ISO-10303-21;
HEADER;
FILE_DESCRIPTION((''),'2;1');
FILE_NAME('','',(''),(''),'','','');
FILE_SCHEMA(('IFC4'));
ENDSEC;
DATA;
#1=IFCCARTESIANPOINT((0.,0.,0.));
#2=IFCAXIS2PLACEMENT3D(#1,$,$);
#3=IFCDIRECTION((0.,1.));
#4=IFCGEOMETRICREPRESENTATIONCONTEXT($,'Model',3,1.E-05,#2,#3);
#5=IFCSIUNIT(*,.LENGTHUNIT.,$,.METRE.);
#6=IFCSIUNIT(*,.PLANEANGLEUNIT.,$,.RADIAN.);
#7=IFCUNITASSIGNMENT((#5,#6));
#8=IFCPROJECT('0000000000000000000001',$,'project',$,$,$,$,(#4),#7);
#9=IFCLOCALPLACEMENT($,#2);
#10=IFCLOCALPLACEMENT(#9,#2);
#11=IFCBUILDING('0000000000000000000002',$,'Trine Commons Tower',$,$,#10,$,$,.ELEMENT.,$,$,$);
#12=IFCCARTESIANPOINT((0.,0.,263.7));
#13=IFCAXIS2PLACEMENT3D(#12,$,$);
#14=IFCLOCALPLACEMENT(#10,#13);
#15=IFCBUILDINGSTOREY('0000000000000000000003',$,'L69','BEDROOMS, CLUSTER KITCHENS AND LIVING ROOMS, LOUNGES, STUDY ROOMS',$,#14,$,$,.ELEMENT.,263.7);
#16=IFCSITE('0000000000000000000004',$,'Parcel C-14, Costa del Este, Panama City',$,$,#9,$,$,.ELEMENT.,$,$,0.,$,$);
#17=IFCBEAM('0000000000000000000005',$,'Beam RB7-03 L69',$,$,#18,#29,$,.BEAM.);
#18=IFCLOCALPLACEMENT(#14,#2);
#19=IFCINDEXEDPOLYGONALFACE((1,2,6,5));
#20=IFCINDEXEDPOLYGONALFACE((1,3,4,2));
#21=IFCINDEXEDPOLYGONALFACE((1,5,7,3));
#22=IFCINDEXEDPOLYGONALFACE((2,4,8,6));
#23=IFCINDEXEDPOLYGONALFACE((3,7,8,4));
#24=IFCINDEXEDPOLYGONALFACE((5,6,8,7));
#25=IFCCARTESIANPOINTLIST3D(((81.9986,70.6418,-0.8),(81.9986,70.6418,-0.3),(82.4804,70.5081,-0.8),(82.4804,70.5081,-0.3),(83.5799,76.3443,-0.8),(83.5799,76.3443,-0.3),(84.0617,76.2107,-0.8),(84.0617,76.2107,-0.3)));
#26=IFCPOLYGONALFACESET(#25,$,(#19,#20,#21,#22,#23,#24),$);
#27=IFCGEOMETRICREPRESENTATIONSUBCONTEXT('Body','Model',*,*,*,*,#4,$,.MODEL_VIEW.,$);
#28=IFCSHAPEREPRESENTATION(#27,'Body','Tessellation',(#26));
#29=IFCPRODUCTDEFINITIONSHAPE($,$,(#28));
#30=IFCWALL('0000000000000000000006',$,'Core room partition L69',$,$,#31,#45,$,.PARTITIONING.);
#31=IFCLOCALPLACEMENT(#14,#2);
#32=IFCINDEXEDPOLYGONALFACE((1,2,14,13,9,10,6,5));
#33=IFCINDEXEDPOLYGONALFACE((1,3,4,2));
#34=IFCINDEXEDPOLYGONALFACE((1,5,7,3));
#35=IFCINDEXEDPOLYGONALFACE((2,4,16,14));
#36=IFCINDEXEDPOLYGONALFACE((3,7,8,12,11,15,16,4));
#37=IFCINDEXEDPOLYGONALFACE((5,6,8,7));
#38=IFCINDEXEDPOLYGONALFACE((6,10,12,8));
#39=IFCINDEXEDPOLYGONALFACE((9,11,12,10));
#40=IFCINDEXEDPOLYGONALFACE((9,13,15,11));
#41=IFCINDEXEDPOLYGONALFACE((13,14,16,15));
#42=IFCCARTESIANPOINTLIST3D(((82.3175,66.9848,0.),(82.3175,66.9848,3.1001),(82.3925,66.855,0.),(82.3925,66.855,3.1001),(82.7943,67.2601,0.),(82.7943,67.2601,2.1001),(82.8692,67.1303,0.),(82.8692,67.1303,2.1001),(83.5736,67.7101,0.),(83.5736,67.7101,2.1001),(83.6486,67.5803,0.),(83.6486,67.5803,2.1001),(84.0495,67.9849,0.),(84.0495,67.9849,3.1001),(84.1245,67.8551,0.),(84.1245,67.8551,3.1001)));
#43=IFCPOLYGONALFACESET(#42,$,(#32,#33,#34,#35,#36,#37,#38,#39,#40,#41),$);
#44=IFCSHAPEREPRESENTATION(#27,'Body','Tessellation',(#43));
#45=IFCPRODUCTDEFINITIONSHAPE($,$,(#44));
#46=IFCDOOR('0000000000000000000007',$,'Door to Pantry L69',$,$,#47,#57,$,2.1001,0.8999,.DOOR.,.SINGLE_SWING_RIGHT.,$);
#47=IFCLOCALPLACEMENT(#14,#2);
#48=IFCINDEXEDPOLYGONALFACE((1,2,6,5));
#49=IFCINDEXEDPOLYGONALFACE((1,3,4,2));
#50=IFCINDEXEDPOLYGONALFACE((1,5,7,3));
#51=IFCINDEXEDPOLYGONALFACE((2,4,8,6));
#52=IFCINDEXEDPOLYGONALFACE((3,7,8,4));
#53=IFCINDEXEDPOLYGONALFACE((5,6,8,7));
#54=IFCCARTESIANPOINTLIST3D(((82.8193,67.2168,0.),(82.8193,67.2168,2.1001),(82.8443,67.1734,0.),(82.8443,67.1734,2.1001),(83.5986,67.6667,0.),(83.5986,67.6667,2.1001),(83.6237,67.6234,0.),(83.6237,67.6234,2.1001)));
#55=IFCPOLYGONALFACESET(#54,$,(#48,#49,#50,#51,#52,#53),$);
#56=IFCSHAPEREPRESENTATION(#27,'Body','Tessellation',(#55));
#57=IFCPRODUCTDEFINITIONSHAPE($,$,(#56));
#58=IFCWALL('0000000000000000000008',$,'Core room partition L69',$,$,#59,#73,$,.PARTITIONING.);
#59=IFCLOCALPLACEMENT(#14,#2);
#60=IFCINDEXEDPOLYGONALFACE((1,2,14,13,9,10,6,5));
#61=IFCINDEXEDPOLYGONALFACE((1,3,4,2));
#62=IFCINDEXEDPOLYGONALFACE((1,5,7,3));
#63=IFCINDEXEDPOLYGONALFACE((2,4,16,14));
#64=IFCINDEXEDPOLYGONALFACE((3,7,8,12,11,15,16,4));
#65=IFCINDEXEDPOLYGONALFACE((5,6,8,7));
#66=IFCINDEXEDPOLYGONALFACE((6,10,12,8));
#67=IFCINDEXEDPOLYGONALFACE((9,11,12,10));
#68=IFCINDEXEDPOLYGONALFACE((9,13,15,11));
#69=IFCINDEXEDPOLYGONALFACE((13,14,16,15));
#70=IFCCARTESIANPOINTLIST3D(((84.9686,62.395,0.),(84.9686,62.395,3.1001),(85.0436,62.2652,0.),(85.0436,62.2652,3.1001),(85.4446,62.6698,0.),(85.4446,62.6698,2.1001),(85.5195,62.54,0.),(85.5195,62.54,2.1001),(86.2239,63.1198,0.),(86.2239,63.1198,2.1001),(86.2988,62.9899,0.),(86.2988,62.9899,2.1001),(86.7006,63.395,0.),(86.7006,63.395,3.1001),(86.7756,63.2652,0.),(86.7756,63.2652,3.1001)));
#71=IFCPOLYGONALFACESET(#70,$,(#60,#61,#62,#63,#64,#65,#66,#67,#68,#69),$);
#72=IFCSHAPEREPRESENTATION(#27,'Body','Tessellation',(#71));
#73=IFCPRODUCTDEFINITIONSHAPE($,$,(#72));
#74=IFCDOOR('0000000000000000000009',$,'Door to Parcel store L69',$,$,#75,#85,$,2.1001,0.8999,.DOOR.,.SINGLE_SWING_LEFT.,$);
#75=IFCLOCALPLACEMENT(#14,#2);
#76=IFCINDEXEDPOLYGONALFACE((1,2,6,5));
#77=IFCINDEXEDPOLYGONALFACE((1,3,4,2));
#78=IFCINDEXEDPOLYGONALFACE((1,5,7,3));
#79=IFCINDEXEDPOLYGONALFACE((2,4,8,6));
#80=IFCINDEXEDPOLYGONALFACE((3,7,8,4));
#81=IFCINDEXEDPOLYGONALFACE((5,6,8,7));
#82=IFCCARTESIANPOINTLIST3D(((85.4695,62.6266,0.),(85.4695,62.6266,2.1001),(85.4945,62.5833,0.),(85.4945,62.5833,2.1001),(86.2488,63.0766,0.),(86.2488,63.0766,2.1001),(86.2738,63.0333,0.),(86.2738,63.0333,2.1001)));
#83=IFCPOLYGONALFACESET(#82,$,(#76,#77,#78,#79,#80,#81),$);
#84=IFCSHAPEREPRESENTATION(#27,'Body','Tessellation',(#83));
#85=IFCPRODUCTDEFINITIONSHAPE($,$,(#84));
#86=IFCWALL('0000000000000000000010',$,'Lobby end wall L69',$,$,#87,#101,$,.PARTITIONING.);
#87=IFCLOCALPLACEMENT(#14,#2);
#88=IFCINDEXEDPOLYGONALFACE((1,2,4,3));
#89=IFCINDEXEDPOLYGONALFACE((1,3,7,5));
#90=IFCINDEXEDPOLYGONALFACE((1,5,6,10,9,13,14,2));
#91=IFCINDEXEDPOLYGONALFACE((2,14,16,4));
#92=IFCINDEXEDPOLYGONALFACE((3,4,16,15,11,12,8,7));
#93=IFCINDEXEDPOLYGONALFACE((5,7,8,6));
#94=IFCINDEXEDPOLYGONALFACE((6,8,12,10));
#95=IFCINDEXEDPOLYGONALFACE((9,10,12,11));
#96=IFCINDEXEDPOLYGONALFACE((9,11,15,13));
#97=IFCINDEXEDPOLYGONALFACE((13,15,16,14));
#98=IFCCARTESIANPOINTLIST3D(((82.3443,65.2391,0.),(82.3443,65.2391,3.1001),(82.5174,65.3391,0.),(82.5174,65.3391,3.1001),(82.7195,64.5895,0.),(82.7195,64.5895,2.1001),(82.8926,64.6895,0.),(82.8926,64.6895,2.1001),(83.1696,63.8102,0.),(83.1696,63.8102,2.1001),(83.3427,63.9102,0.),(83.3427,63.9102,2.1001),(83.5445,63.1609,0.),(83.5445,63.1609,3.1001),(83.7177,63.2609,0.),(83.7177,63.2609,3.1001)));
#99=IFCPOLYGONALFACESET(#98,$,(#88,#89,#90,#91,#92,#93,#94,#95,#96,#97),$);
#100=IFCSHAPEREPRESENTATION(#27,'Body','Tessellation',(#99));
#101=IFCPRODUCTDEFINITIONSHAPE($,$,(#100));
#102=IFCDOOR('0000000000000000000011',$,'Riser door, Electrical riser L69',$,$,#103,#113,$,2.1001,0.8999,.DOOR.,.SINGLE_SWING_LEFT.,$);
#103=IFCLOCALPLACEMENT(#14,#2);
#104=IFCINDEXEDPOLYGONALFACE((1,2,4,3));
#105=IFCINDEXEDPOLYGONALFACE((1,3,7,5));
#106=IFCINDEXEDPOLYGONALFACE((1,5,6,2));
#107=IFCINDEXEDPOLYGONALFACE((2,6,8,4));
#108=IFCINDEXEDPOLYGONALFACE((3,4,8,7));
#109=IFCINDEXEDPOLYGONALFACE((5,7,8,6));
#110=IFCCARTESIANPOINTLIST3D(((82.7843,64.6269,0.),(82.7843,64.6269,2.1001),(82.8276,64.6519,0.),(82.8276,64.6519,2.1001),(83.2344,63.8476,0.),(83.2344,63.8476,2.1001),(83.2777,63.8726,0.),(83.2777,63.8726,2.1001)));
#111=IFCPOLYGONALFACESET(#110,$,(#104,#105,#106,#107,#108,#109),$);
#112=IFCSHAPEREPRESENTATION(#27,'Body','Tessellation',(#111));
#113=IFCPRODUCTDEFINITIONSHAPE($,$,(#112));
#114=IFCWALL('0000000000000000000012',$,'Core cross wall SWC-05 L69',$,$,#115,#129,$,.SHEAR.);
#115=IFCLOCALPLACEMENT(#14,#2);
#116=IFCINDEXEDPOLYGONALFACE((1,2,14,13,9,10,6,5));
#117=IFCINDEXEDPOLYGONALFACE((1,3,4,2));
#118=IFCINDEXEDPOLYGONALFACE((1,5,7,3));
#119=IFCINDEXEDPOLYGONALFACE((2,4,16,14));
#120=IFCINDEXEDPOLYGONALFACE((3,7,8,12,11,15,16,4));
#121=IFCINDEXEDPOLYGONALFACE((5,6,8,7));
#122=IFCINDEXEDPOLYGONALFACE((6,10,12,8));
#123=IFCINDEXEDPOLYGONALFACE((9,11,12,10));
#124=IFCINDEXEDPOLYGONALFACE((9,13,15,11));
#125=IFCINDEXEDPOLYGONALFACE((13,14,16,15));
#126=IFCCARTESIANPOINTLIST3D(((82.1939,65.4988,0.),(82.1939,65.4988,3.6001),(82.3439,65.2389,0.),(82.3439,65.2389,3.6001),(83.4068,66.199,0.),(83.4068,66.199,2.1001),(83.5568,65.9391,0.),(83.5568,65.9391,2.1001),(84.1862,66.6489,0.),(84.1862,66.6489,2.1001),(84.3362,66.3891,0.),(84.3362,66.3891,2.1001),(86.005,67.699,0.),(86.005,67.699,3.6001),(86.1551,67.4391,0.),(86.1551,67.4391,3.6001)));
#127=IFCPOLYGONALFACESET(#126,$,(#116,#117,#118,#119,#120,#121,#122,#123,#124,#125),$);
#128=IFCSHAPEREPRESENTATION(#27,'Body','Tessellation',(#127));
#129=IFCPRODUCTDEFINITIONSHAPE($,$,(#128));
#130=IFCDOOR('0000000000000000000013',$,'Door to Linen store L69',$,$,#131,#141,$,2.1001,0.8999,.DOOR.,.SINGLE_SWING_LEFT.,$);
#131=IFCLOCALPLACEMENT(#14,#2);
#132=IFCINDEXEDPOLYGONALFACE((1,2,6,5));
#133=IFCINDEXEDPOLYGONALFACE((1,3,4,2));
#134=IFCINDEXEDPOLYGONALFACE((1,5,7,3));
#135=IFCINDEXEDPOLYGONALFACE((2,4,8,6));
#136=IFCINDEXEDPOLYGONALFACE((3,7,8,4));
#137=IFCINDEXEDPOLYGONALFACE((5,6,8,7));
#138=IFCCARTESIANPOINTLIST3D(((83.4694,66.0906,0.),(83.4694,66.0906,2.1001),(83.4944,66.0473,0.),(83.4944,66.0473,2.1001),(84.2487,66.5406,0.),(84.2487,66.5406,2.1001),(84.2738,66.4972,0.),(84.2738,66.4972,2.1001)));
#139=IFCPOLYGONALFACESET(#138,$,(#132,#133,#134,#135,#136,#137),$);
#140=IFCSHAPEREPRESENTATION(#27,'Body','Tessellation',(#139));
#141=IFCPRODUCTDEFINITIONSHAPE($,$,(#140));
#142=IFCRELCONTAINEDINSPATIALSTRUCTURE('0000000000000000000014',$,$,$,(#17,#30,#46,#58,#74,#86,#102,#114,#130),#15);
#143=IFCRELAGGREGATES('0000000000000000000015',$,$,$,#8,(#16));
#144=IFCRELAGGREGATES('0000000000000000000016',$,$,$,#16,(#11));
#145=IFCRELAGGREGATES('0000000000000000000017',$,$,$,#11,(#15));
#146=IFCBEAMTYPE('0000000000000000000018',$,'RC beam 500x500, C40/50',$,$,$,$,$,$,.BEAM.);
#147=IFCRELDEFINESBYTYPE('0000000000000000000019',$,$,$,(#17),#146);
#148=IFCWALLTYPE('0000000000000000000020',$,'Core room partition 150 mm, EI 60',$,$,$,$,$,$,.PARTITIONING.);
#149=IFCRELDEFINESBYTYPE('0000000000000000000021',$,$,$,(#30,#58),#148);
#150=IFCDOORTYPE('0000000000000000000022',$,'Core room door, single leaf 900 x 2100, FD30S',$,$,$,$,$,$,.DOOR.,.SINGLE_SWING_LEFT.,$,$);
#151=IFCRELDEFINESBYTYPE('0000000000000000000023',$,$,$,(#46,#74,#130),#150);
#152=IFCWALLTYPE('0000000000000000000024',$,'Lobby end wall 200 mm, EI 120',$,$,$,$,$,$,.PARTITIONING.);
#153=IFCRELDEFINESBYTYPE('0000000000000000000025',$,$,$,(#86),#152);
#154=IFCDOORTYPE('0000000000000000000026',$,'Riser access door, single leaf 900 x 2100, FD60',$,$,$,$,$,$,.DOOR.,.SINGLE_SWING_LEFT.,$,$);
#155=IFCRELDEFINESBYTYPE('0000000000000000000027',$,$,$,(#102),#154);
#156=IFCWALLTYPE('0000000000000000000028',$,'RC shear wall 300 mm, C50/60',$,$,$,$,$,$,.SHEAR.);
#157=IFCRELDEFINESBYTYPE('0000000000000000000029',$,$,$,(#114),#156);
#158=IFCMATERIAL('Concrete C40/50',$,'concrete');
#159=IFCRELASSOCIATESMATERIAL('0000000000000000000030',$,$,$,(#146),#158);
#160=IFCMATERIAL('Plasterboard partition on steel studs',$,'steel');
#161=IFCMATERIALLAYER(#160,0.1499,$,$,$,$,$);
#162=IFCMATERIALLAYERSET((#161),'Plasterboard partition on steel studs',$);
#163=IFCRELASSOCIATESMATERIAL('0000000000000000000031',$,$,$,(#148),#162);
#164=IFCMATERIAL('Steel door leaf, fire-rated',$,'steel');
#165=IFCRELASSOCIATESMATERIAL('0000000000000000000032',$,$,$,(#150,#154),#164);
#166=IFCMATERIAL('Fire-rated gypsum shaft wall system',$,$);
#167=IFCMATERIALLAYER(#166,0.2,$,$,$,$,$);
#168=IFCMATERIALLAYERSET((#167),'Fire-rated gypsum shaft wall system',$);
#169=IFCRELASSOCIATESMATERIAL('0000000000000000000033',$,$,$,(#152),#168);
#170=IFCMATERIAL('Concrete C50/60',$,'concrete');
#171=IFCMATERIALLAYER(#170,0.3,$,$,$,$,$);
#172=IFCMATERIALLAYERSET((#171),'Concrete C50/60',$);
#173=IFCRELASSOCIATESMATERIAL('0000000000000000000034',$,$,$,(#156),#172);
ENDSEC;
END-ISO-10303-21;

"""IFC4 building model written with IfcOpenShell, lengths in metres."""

from ifc_helpers import new_model, si_unit, direction, frame, frame_2d, origin, origin_2d, place, context, subcontext, project, spatial, rectangle, extrude, material, layer, layer_set, material_profile, profile_set, type_object, element, fill, save


model = new_model("IFC4")

# Units and contexts
model_context = context("Model", 3, precision=1e-05, world=origin(), true_north=direction((0.0, 1.0)))
body_context = subcontext(model_context, "Body", "Model", "MODEL_VIEW")
ifc_project = project(units=[si_unit("LENGTHUNIT", "METRE"), si_unit("PLANEANGLEUNIT", "RADIAN")], contexts=[model_context])

# Site, building, storey
site_placement = place(None, origin())
site = spatial("IfcSite", under=ifc_project, at=site_placement, Name="Parcel C-14, Costa del Este, Panama City", CompositionType="ELEMENT", RefElevation=0.0)
building_placement = place(site_placement, origin())
building = spatial("IfcBuilding", under=site, at=building_placement, Name="Trine Commons Tower", CompositionType="ELEMENT")
storey_placement = place(building_placement, frame((0.0, 0.0, 263.7)))
storey = spatial("IfcBuildingStorey", under=building, at=storey_placement, Name="L69", Description="BEDROOMS, CLUSTER KITCHENS AND LIVING ROOMS, LOUNGES, STUDY ROOMS", CompositionType="ELEMENT", Elevation=263.7)

# Beam
ifc_material_1 = material(Name="Concrete C40/50", Category="concrete")
ifc_material_profile = material_profile(ifc_material_1, rectangle(XDim=0.5, YDim=0.5, at=origin_2d()), Name="RC 500x500")
ifc_profile_set = profile_set([ifc_material_profile], Name="Concrete C40/50")
beam_type = type_object("IfcBeamType", Name="RC beam 500x500, C40/50", PredefinedType="BEAM", material=ifc_profile_set)
beam_placement = place(storey_placement, frame((82.2395, 70.575, -0.55), z_axis=(0.26721, 0.963638, 0.0), x_axis=(-0.963638, 0.26721, 0.0)))
element("IfcBeam", 1, at=beam_placement, inside=storey, type_object=beam_type, Name="Beam RB7-03 L69", PredefinedType="BEAM", context=body_context, shape_type="SweptSolid", body=[
    extrude(rectangle(XDim=0.5, YDim=0.5, at=origin_2d()), origin(), (0.0, 0.0, 1.0), 5.9177),
])

# Walls, openings, doors
ifc_material_2 = material(Name="Plasterboard partition on steel studs", Category="steel")
ifc_layer_1 = layer(ifc_material_2, 0.1499)
ifc_layer_set_1 = layer_set([ifc_layer_1], Name="Plasterboard partition on steel studs")
wall_type_1 = type_object("IfcWallType", Name="Core room partition 150 mm, EI 60", PredefinedType="PARTITIONING", material=ifc_layer_set_1)
wall_1_placement = place(storey_placement, frame((82.355, 66.9199, 0.0), z_axis=(0.0, 0.0, 1.0), x_axis=(0.866011, 0.500025, 0.0)))
wall_1 = element("IfcWall", 2, at=wall_1_placement, inside=storey, type_object=wall_type_1, Name="Core room partition L69", PredefinedType="PARTITIONING", context=body_context, shape_type="SweptSolid", body=[
    extrude(rectangle(XDim=2.0, YDim=0.1499, at=frame_2d((1.0, 0.0))), origin(), (0.0, 0.0, 1.0), 3.1001),
])
opening_1_placement = place(wall_1_placement, frame((0.5505, 0.0, 0.0)))
opening_1 = element("IfcOpeningElement", 3, at=opening_1_placement, cuts=wall_1, PredefinedType="OPENING", context=body_context, shape_type="SweptSolid", body=[
    extrude(rectangle(XDim=0.8999, YDim=2.1001, at=frame_2d((0.45, 1.05))), frame((0.0, 0.085, 0.0), z_axis=(0.0, -1.0, 0.0), x_axis=(1.0, 0.0, 0.0)), (0.0, 0.0, 1.0), 0.1699),
])
ifc_material_3 = material(Name="Steel door leaf, fire-rated", Category="steel")
door_type_1 = type_object("IfcDoorType", Name="Core room door, single leaf 900 x 2100, FD30S", OperationType="SINGLE_SWING_LEFT", PredefinedType="DOOR", material=ifc_material_3)
door_1_placement = place(opening_1_placement, origin())
door_1 = element("IfcDoor", 4, at=door_1_placement, inside=storey, type_object=door_type_1, Name="Door to Pantry L69", OperationType="SINGLE_SWING_RIGHT", OverallHeight=2.1001, OverallWidth=0.8999, PredefinedType="DOOR", context=body_context, shape_type="SweptSolid", body=[
    extrude(rectangle(XDim=0.8999, YDim=2.1001, at=frame_2d((0.45, 1.05))), frame((0.0, 0.0249, 0.0), z_axis=(0.0, -1.0, 0.0), x_axis=(1.0, 0.0, 0.0)), (0.0, 0.0, 1.0), 0.05),
])
fill(opening_1, door_1)
wall_2_placement = place(storey_placement, frame((85.0061, 62.3301, 0.0), z_axis=(0.0, 0.0, 1.0), x_axis=(0.866011, 0.500025, 0.0)))
wall_2 = element("IfcWall", 5, at=wall_2_placement, inside=storey, type_object=wall_type_1, Name="Core room partition L69", PredefinedType="PARTITIONING", context=body_context, shape_type="SweptSolid", body=[
    extrude(rectangle(XDim=2.0, YDim=0.1499, at=frame_2d((1.0, 0.0))), origin(), (0.0, 0.0, 1.0), 3.1001),
])
opening_2_placement = place(wall_2_placement, frame((0.5496, 0.0, 0.0)))
opening_2 = element("IfcOpeningElement", 6, at=opening_2_placement, cuts=wall_2, PredefinedType="OPENING", context=body_context, shape_type="SweptSolid", body=[
    extrude(rectangle(XDim=0.8999, YDim=2.1001, at=frame_2d((0.45, 1.05))), frame((0.0, 0.085, 0.0), z_axis=(0.0, -1.0, 0.0), x_axis=(1.0, 0.0, 0.0)), (0.0, 0.0, 1.0), 0.1699),
])
door_2_placement = place(opening_2_placement, frame((0.8999, 0.0, 0.0), z_axis=(0.0, 0.0, 1.0), x_axis=(-1.0, 0.0, 0.0)))
door_2 = element("IfcDoor", 7, at=door_2_placement, inside=storey, type_object=door_type_1, Name="Door to Parcel store L69", OperationType="SINGLE_SWING_LEFT", OverallHeight=2.1001, OverallWidth=0.8999, PredefinedType="DOOR", context=body_context, shape_type="SweptSolid", body=[
    extrude(rectangle(XDim=0.8999, YDim=2.1001, at=frame_2d((0.45, 1.05))), frame((0.0, 0.0249, 0.0), z_axis=(0.0, -1.0, 0.0), x_axis=(1.0, 0.0, 0.0)), (0.0, 0.0, 1.0), 0.05),
])
fill(opening_2, door_2)
ifc_material_4 = material(Name="Fire-rated gypsum shaft wall system")
ifc_layer_2 = layer(ifc_material_4, 0.2)
ifc_layer_set_2 = layer_set([ifc_layer_2], Name="Fire-rated gypsum shaft wall system")
wall_type_2 = type_object("IfcWallType", Name="Lobby end wall 200 mm, EI 120", PredefinedType="PARTITIONING", material=ifc_layer_set_2)
wall_3_placement = place(storey_placement, frame((83.6311, 63.2109, 0.0), z_axis=(0.0, 0.0, 1.0), x_axis=(-0.500122, 0.865955, 0.0)))
wall_3 = element("IfcWall", 8, at=wall_3_placement, inside=storey, type_object=wall_type_2, Name="Lobby end wall L69", PredefinedType="PARTITIONING", context=body_context, shape_type="SweptSolid", body=[
    extrude(rectangle(XDim=2.3999, YDim=0.2, at=frame_2d((1.2, 0.0))), origin(), (0.0, 0.0, 1.0), 3.1001),
])
opening_3_placement = place(wall_3_placement, frame((0.7498, 0.0, 0.0)))
opening_3 = element("IfcOpeningElement", 9, at=opening_3_placement, cuts=wall_3, PredefinedType="OPENING", context=body_context, shape_type="SweptSolid", body=[
    extrude(rectangle(XDim=0.8999, YDim=2.1001, at=frame_2d((0.45, 1.05))), frame((0.0, 0.1099, 0.0), z_axis=(0.0, -1.0, 0.0), x_axis=(1.0, 0.0, 0.0)), (0.0, 0.0, 1.0), 0.22),
])
door_type_2 = type_object("IfcDoorType", Name="Riser access door, single leaf 900 x 2100, FD60", OperationType="SINGLE_SWING_LEFT", PredefinedType="DOOR", material=ifc_material_3)
door_3_placement = place(opening_3_placement, frame((0.8999, 0.0, 0.0), z_axis=(0.0, 0.0, 1.0), x_axis=(-1.0, 0.0, 0.0)))
door_3 = element("IfcDoor", 10, at=door_3_placement, inside=storey, type_object=door_type_2, Name="Riser door, Electrical riser L69", OperationType="SINGLE_SWING_LEFT", OverallHeight=2.1001, OverallWidth=0.8999, PredefinedType="DOOR", context=body_context, shape_type="SweptSolid", body=[
    extrude(rectangle(XDim=0.8999, YDim=2.1001, at=frame_2d((0.45, 1.05))), frame((0.0, 0.0249, 0.0), z_axis=(0.0, -1.0, 0.0), x_axis=(1.0, 0.0, 0.0)), (0.0, 0.0, 1.0), 0.05),
])
fill(opening_3, door_3)
ifc_material_5 = material(Name="Concrete C50/60", Category="concrete")
ifc_layer_3 = layer(ifc_material_5, 0.3)
ifc_layer_set_3 = layer_set([ifc_layer_3], Name="Concrete C50/60")
wall_type_3 = type_object("IfcWallType", Name="RC shear wall 300 mm, C50/60", PredefinedType="SHEAR", material=ifc_layer_set_3)
wall_4_placement = place(storey_placement, frame((82.269, 65.3689, 0.0), z_axis=(0.0, 0.0, 1.0), x_axis=(0.866036, 0.499982, 0.0)))
wall_4 = element("IfcWall", 11, at=wall_4_placement, inside=storey, type_object=wall_type_3, Name="Core cross wall SWC-05 L69", PredefinedType="SHEAR", context=body_context, shape_type="SweptSolid", body=[
    extrude(rectangle(XDim=4.4006, YDim=0.3, at=frame_2d((2.2002, 0.0))), origin(), (0.0, 0.0, 1.0), 3.6001),
])
opening_4_placement = place(wall_4_placement, frame((1.4004, 0.0, 0.0)))
opening_4 = element("IfcOpeningElement", 12, at=opening_4_placement, cuts=wall_4, PredefinedType="OPENING", context=body_context, shape_type="SweptSolid", body=[
    extrude(rectangle(XDim=0.8999, YDim=2.1001, at=frame_2d((0.45, 1.05))), frame((0.0, 0.1599, 0.0), z_axis=(0.0, -1.0, 0.0), x_axis=(1.0, 0.0, 0.0)), (0.0, 0.0, 1.0), 0.3201),
])
door_4_placement = place(opening_4_placement, origin())
door_4 = element("IfcDoor", 13, at=door_4_placement, inside=storey, type_object=door_type_1, Name="Door to Linen store L69", OperationType="SINGLE_SWING_LEFT", OverallHeight=2.1001, OverallWidth=0.8999, PredefinedType="DOOR", context=body_context, shape_type="SweptSolid", body=[
    extrude(rectangle(XDim=0.8999, YDim=2.1001, at=frame_2d((0.45, 1.05))), frame((0.0, 0.0249, 0.0), z_axis=(0.0, -1.0, 0.0), x_axis=(1.0, 0.0, 0.0)), (0.0, 0.0, 1.0), 0.05),
])
fill(opening_4, door_4)

save(model, "model.ifc")
